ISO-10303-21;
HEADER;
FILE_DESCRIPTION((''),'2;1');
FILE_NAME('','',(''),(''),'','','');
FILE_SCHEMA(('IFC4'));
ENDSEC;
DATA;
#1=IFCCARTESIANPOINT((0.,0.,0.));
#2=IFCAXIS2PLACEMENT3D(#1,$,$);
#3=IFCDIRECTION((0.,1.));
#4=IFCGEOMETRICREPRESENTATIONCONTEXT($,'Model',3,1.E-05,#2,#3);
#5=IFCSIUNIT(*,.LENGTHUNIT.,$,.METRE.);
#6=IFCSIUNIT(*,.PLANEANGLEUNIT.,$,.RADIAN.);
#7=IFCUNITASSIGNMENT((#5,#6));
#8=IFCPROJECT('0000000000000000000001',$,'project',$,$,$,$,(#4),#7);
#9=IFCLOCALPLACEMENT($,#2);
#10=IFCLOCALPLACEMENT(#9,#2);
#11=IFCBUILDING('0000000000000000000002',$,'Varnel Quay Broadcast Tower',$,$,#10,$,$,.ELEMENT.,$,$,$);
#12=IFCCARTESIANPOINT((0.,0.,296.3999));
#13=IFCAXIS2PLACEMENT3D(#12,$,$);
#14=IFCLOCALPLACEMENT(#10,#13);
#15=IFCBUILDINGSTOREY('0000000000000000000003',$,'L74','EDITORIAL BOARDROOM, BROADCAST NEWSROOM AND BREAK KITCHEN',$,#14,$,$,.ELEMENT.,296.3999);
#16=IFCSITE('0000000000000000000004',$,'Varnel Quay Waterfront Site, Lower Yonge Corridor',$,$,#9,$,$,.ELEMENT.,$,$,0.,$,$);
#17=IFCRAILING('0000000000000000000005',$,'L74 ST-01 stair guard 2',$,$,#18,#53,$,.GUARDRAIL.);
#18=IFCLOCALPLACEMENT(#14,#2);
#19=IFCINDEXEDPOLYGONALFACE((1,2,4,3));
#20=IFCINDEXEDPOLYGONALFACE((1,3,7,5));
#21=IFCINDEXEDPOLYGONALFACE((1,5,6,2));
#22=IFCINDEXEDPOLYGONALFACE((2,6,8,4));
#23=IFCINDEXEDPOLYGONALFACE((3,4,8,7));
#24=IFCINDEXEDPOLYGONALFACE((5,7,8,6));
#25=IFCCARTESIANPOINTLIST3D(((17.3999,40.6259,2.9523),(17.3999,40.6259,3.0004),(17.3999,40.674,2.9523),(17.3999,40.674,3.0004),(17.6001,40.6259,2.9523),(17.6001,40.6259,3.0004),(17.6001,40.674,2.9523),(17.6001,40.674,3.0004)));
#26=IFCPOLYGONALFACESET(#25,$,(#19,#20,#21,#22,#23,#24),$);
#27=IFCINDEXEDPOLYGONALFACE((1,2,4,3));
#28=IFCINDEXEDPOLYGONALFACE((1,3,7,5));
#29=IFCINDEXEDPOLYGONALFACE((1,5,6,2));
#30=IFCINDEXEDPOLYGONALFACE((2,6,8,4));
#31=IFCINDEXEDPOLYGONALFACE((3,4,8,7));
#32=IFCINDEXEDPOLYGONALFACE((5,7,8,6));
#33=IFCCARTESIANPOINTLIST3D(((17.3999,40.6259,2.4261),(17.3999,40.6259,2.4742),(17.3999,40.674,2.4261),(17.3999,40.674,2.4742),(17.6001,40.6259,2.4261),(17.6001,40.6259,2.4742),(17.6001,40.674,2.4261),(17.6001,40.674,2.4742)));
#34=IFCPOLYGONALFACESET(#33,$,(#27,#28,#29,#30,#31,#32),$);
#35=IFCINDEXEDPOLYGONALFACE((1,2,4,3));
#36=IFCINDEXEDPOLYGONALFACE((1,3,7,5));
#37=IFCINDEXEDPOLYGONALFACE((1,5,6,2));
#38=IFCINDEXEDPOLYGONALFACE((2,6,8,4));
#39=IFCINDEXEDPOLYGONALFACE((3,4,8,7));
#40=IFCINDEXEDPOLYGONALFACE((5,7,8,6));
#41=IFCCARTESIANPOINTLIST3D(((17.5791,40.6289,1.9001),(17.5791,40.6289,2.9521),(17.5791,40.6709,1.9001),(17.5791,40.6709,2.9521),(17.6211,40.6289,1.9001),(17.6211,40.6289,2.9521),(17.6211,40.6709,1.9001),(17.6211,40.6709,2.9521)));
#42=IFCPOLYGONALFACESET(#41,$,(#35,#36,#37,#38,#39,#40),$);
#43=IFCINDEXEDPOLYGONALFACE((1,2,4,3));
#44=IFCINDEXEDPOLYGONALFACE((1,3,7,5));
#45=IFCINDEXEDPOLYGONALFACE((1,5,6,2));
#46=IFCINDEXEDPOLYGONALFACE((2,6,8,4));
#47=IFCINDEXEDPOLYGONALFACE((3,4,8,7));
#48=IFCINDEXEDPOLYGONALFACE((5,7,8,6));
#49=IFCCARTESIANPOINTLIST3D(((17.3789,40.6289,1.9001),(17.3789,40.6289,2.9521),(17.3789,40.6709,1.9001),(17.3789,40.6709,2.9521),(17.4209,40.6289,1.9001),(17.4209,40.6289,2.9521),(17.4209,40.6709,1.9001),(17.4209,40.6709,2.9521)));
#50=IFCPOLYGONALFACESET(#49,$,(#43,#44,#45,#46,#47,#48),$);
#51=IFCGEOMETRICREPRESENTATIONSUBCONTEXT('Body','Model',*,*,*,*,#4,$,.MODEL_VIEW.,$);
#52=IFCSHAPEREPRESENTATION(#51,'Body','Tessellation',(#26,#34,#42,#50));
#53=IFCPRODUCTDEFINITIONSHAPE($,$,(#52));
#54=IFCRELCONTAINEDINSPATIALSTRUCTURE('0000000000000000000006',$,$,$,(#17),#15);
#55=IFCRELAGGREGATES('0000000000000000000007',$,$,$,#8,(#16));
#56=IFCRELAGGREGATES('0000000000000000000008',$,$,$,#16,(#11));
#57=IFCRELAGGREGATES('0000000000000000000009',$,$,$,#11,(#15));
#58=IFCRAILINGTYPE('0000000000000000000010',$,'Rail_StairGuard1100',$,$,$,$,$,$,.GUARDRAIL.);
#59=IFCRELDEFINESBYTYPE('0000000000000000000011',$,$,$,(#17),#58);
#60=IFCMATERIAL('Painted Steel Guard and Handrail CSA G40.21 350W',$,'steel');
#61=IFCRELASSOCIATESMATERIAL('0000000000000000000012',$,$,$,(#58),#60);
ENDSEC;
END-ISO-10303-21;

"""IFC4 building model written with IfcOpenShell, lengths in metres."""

from ifc_helpers import new_model, si_unit, direction, frame, origin, origin_2d, place, context, subcontext, project, spatial, rectangle, extrude, material, type_object, element, save


model = new_model("IFC4")

# Units and contexts
model_context = context("Model", 3, precision=1e-05, world=origin(), true_north=direction((0.0, 1.0)))
body_context = subcontext(model_context, "Body", "Model", "MODEL_VIEW")
ifc_project = project(units=[si_unit("LENGTHUNIT", "METRE"), si_unit("PLANEANGLEUNIT", "RADIAN")], contexts=[model_context])

# Site, building, storey
site_placement = place(None, origin())
site = spatial("IfcSite", under=ifc_project, at=site_placement, Name="Varnel Quay Waterfront Site, Lower Yonge Corridor", CompositionType="ELEMENT", RefElevation=0.0)
building_placement = place(site_placement, origin())
building = spatial("IfcBuilding", under=site, at=building_placement, Name="Varnel Quay Broadcast Tower", CompositionType="ELEMENT")
storey_placement = place(building_placement, frame((0.0, 0.0, 296.3999)))
storey = spatial("IfcBuildingStorey", under=building, at=storey_placement, Name="L74", Description="EDITORIAL BOARDROOM, BROADCAST NEWSROOM AND BREAK KITCHEN", CompositionType="ELEMENT", Elevation=296.3999)

# Railing
ifc_material_1 = material(Name="Painted Steel Guard and Handrail CSA G40.21 350W", Category="steel")
railing_type = type_object("IfcRailingType", Name="Rail_StairGuard1100", PredefinedType="GUARDRAIL", material=ifc_material_1)
railing_placement = place(storey_placement, frame((17.6001, 40.6499, 1.9001)))
element("IfcRailing", 1, at=railing_placement, inside=storey, type_object=railing_type, Name="L74 ST-01 stair guard 2", PredefinedType="GUARDRAIL", context=body_context, shape_type="SweptSolid", body=[
    extrude(rectangle(XDim=0.0481, YDim=0.0481, at=origin_2d()), frame((0.0, 0.0, 1.0762), z_axis=(-1.0, 0.0, 0.0), x_axis=(0.0, -1.0, 0.0)), (0.0, 0.0, 1.0), 0.2002),
    extrude(rectangle(XDim=0.0481, YDim=0.0481, at=origin_2d()), frame((0.0, 0.0, 0.55), z_axis=(-1.0, 0.0, 0.0), x_axis=(0.0, -1.0, 0.0)), (0.0, 0.0, 1.0), 0.2002),
    extrude(rectangle(XDim=0.042, YDim=0.042, at=origin_2d()), origin(), (0.0, 0.0, 1.0), 1.052),
    extrude(rectangle(XDim=0.042, YDim=0.042, at=origin_2d()), frame((-0.2002, 0.0, 0.0)), (0.0, 0.0, 1.0), 1.052),
])

save(model, "model.ifc")
